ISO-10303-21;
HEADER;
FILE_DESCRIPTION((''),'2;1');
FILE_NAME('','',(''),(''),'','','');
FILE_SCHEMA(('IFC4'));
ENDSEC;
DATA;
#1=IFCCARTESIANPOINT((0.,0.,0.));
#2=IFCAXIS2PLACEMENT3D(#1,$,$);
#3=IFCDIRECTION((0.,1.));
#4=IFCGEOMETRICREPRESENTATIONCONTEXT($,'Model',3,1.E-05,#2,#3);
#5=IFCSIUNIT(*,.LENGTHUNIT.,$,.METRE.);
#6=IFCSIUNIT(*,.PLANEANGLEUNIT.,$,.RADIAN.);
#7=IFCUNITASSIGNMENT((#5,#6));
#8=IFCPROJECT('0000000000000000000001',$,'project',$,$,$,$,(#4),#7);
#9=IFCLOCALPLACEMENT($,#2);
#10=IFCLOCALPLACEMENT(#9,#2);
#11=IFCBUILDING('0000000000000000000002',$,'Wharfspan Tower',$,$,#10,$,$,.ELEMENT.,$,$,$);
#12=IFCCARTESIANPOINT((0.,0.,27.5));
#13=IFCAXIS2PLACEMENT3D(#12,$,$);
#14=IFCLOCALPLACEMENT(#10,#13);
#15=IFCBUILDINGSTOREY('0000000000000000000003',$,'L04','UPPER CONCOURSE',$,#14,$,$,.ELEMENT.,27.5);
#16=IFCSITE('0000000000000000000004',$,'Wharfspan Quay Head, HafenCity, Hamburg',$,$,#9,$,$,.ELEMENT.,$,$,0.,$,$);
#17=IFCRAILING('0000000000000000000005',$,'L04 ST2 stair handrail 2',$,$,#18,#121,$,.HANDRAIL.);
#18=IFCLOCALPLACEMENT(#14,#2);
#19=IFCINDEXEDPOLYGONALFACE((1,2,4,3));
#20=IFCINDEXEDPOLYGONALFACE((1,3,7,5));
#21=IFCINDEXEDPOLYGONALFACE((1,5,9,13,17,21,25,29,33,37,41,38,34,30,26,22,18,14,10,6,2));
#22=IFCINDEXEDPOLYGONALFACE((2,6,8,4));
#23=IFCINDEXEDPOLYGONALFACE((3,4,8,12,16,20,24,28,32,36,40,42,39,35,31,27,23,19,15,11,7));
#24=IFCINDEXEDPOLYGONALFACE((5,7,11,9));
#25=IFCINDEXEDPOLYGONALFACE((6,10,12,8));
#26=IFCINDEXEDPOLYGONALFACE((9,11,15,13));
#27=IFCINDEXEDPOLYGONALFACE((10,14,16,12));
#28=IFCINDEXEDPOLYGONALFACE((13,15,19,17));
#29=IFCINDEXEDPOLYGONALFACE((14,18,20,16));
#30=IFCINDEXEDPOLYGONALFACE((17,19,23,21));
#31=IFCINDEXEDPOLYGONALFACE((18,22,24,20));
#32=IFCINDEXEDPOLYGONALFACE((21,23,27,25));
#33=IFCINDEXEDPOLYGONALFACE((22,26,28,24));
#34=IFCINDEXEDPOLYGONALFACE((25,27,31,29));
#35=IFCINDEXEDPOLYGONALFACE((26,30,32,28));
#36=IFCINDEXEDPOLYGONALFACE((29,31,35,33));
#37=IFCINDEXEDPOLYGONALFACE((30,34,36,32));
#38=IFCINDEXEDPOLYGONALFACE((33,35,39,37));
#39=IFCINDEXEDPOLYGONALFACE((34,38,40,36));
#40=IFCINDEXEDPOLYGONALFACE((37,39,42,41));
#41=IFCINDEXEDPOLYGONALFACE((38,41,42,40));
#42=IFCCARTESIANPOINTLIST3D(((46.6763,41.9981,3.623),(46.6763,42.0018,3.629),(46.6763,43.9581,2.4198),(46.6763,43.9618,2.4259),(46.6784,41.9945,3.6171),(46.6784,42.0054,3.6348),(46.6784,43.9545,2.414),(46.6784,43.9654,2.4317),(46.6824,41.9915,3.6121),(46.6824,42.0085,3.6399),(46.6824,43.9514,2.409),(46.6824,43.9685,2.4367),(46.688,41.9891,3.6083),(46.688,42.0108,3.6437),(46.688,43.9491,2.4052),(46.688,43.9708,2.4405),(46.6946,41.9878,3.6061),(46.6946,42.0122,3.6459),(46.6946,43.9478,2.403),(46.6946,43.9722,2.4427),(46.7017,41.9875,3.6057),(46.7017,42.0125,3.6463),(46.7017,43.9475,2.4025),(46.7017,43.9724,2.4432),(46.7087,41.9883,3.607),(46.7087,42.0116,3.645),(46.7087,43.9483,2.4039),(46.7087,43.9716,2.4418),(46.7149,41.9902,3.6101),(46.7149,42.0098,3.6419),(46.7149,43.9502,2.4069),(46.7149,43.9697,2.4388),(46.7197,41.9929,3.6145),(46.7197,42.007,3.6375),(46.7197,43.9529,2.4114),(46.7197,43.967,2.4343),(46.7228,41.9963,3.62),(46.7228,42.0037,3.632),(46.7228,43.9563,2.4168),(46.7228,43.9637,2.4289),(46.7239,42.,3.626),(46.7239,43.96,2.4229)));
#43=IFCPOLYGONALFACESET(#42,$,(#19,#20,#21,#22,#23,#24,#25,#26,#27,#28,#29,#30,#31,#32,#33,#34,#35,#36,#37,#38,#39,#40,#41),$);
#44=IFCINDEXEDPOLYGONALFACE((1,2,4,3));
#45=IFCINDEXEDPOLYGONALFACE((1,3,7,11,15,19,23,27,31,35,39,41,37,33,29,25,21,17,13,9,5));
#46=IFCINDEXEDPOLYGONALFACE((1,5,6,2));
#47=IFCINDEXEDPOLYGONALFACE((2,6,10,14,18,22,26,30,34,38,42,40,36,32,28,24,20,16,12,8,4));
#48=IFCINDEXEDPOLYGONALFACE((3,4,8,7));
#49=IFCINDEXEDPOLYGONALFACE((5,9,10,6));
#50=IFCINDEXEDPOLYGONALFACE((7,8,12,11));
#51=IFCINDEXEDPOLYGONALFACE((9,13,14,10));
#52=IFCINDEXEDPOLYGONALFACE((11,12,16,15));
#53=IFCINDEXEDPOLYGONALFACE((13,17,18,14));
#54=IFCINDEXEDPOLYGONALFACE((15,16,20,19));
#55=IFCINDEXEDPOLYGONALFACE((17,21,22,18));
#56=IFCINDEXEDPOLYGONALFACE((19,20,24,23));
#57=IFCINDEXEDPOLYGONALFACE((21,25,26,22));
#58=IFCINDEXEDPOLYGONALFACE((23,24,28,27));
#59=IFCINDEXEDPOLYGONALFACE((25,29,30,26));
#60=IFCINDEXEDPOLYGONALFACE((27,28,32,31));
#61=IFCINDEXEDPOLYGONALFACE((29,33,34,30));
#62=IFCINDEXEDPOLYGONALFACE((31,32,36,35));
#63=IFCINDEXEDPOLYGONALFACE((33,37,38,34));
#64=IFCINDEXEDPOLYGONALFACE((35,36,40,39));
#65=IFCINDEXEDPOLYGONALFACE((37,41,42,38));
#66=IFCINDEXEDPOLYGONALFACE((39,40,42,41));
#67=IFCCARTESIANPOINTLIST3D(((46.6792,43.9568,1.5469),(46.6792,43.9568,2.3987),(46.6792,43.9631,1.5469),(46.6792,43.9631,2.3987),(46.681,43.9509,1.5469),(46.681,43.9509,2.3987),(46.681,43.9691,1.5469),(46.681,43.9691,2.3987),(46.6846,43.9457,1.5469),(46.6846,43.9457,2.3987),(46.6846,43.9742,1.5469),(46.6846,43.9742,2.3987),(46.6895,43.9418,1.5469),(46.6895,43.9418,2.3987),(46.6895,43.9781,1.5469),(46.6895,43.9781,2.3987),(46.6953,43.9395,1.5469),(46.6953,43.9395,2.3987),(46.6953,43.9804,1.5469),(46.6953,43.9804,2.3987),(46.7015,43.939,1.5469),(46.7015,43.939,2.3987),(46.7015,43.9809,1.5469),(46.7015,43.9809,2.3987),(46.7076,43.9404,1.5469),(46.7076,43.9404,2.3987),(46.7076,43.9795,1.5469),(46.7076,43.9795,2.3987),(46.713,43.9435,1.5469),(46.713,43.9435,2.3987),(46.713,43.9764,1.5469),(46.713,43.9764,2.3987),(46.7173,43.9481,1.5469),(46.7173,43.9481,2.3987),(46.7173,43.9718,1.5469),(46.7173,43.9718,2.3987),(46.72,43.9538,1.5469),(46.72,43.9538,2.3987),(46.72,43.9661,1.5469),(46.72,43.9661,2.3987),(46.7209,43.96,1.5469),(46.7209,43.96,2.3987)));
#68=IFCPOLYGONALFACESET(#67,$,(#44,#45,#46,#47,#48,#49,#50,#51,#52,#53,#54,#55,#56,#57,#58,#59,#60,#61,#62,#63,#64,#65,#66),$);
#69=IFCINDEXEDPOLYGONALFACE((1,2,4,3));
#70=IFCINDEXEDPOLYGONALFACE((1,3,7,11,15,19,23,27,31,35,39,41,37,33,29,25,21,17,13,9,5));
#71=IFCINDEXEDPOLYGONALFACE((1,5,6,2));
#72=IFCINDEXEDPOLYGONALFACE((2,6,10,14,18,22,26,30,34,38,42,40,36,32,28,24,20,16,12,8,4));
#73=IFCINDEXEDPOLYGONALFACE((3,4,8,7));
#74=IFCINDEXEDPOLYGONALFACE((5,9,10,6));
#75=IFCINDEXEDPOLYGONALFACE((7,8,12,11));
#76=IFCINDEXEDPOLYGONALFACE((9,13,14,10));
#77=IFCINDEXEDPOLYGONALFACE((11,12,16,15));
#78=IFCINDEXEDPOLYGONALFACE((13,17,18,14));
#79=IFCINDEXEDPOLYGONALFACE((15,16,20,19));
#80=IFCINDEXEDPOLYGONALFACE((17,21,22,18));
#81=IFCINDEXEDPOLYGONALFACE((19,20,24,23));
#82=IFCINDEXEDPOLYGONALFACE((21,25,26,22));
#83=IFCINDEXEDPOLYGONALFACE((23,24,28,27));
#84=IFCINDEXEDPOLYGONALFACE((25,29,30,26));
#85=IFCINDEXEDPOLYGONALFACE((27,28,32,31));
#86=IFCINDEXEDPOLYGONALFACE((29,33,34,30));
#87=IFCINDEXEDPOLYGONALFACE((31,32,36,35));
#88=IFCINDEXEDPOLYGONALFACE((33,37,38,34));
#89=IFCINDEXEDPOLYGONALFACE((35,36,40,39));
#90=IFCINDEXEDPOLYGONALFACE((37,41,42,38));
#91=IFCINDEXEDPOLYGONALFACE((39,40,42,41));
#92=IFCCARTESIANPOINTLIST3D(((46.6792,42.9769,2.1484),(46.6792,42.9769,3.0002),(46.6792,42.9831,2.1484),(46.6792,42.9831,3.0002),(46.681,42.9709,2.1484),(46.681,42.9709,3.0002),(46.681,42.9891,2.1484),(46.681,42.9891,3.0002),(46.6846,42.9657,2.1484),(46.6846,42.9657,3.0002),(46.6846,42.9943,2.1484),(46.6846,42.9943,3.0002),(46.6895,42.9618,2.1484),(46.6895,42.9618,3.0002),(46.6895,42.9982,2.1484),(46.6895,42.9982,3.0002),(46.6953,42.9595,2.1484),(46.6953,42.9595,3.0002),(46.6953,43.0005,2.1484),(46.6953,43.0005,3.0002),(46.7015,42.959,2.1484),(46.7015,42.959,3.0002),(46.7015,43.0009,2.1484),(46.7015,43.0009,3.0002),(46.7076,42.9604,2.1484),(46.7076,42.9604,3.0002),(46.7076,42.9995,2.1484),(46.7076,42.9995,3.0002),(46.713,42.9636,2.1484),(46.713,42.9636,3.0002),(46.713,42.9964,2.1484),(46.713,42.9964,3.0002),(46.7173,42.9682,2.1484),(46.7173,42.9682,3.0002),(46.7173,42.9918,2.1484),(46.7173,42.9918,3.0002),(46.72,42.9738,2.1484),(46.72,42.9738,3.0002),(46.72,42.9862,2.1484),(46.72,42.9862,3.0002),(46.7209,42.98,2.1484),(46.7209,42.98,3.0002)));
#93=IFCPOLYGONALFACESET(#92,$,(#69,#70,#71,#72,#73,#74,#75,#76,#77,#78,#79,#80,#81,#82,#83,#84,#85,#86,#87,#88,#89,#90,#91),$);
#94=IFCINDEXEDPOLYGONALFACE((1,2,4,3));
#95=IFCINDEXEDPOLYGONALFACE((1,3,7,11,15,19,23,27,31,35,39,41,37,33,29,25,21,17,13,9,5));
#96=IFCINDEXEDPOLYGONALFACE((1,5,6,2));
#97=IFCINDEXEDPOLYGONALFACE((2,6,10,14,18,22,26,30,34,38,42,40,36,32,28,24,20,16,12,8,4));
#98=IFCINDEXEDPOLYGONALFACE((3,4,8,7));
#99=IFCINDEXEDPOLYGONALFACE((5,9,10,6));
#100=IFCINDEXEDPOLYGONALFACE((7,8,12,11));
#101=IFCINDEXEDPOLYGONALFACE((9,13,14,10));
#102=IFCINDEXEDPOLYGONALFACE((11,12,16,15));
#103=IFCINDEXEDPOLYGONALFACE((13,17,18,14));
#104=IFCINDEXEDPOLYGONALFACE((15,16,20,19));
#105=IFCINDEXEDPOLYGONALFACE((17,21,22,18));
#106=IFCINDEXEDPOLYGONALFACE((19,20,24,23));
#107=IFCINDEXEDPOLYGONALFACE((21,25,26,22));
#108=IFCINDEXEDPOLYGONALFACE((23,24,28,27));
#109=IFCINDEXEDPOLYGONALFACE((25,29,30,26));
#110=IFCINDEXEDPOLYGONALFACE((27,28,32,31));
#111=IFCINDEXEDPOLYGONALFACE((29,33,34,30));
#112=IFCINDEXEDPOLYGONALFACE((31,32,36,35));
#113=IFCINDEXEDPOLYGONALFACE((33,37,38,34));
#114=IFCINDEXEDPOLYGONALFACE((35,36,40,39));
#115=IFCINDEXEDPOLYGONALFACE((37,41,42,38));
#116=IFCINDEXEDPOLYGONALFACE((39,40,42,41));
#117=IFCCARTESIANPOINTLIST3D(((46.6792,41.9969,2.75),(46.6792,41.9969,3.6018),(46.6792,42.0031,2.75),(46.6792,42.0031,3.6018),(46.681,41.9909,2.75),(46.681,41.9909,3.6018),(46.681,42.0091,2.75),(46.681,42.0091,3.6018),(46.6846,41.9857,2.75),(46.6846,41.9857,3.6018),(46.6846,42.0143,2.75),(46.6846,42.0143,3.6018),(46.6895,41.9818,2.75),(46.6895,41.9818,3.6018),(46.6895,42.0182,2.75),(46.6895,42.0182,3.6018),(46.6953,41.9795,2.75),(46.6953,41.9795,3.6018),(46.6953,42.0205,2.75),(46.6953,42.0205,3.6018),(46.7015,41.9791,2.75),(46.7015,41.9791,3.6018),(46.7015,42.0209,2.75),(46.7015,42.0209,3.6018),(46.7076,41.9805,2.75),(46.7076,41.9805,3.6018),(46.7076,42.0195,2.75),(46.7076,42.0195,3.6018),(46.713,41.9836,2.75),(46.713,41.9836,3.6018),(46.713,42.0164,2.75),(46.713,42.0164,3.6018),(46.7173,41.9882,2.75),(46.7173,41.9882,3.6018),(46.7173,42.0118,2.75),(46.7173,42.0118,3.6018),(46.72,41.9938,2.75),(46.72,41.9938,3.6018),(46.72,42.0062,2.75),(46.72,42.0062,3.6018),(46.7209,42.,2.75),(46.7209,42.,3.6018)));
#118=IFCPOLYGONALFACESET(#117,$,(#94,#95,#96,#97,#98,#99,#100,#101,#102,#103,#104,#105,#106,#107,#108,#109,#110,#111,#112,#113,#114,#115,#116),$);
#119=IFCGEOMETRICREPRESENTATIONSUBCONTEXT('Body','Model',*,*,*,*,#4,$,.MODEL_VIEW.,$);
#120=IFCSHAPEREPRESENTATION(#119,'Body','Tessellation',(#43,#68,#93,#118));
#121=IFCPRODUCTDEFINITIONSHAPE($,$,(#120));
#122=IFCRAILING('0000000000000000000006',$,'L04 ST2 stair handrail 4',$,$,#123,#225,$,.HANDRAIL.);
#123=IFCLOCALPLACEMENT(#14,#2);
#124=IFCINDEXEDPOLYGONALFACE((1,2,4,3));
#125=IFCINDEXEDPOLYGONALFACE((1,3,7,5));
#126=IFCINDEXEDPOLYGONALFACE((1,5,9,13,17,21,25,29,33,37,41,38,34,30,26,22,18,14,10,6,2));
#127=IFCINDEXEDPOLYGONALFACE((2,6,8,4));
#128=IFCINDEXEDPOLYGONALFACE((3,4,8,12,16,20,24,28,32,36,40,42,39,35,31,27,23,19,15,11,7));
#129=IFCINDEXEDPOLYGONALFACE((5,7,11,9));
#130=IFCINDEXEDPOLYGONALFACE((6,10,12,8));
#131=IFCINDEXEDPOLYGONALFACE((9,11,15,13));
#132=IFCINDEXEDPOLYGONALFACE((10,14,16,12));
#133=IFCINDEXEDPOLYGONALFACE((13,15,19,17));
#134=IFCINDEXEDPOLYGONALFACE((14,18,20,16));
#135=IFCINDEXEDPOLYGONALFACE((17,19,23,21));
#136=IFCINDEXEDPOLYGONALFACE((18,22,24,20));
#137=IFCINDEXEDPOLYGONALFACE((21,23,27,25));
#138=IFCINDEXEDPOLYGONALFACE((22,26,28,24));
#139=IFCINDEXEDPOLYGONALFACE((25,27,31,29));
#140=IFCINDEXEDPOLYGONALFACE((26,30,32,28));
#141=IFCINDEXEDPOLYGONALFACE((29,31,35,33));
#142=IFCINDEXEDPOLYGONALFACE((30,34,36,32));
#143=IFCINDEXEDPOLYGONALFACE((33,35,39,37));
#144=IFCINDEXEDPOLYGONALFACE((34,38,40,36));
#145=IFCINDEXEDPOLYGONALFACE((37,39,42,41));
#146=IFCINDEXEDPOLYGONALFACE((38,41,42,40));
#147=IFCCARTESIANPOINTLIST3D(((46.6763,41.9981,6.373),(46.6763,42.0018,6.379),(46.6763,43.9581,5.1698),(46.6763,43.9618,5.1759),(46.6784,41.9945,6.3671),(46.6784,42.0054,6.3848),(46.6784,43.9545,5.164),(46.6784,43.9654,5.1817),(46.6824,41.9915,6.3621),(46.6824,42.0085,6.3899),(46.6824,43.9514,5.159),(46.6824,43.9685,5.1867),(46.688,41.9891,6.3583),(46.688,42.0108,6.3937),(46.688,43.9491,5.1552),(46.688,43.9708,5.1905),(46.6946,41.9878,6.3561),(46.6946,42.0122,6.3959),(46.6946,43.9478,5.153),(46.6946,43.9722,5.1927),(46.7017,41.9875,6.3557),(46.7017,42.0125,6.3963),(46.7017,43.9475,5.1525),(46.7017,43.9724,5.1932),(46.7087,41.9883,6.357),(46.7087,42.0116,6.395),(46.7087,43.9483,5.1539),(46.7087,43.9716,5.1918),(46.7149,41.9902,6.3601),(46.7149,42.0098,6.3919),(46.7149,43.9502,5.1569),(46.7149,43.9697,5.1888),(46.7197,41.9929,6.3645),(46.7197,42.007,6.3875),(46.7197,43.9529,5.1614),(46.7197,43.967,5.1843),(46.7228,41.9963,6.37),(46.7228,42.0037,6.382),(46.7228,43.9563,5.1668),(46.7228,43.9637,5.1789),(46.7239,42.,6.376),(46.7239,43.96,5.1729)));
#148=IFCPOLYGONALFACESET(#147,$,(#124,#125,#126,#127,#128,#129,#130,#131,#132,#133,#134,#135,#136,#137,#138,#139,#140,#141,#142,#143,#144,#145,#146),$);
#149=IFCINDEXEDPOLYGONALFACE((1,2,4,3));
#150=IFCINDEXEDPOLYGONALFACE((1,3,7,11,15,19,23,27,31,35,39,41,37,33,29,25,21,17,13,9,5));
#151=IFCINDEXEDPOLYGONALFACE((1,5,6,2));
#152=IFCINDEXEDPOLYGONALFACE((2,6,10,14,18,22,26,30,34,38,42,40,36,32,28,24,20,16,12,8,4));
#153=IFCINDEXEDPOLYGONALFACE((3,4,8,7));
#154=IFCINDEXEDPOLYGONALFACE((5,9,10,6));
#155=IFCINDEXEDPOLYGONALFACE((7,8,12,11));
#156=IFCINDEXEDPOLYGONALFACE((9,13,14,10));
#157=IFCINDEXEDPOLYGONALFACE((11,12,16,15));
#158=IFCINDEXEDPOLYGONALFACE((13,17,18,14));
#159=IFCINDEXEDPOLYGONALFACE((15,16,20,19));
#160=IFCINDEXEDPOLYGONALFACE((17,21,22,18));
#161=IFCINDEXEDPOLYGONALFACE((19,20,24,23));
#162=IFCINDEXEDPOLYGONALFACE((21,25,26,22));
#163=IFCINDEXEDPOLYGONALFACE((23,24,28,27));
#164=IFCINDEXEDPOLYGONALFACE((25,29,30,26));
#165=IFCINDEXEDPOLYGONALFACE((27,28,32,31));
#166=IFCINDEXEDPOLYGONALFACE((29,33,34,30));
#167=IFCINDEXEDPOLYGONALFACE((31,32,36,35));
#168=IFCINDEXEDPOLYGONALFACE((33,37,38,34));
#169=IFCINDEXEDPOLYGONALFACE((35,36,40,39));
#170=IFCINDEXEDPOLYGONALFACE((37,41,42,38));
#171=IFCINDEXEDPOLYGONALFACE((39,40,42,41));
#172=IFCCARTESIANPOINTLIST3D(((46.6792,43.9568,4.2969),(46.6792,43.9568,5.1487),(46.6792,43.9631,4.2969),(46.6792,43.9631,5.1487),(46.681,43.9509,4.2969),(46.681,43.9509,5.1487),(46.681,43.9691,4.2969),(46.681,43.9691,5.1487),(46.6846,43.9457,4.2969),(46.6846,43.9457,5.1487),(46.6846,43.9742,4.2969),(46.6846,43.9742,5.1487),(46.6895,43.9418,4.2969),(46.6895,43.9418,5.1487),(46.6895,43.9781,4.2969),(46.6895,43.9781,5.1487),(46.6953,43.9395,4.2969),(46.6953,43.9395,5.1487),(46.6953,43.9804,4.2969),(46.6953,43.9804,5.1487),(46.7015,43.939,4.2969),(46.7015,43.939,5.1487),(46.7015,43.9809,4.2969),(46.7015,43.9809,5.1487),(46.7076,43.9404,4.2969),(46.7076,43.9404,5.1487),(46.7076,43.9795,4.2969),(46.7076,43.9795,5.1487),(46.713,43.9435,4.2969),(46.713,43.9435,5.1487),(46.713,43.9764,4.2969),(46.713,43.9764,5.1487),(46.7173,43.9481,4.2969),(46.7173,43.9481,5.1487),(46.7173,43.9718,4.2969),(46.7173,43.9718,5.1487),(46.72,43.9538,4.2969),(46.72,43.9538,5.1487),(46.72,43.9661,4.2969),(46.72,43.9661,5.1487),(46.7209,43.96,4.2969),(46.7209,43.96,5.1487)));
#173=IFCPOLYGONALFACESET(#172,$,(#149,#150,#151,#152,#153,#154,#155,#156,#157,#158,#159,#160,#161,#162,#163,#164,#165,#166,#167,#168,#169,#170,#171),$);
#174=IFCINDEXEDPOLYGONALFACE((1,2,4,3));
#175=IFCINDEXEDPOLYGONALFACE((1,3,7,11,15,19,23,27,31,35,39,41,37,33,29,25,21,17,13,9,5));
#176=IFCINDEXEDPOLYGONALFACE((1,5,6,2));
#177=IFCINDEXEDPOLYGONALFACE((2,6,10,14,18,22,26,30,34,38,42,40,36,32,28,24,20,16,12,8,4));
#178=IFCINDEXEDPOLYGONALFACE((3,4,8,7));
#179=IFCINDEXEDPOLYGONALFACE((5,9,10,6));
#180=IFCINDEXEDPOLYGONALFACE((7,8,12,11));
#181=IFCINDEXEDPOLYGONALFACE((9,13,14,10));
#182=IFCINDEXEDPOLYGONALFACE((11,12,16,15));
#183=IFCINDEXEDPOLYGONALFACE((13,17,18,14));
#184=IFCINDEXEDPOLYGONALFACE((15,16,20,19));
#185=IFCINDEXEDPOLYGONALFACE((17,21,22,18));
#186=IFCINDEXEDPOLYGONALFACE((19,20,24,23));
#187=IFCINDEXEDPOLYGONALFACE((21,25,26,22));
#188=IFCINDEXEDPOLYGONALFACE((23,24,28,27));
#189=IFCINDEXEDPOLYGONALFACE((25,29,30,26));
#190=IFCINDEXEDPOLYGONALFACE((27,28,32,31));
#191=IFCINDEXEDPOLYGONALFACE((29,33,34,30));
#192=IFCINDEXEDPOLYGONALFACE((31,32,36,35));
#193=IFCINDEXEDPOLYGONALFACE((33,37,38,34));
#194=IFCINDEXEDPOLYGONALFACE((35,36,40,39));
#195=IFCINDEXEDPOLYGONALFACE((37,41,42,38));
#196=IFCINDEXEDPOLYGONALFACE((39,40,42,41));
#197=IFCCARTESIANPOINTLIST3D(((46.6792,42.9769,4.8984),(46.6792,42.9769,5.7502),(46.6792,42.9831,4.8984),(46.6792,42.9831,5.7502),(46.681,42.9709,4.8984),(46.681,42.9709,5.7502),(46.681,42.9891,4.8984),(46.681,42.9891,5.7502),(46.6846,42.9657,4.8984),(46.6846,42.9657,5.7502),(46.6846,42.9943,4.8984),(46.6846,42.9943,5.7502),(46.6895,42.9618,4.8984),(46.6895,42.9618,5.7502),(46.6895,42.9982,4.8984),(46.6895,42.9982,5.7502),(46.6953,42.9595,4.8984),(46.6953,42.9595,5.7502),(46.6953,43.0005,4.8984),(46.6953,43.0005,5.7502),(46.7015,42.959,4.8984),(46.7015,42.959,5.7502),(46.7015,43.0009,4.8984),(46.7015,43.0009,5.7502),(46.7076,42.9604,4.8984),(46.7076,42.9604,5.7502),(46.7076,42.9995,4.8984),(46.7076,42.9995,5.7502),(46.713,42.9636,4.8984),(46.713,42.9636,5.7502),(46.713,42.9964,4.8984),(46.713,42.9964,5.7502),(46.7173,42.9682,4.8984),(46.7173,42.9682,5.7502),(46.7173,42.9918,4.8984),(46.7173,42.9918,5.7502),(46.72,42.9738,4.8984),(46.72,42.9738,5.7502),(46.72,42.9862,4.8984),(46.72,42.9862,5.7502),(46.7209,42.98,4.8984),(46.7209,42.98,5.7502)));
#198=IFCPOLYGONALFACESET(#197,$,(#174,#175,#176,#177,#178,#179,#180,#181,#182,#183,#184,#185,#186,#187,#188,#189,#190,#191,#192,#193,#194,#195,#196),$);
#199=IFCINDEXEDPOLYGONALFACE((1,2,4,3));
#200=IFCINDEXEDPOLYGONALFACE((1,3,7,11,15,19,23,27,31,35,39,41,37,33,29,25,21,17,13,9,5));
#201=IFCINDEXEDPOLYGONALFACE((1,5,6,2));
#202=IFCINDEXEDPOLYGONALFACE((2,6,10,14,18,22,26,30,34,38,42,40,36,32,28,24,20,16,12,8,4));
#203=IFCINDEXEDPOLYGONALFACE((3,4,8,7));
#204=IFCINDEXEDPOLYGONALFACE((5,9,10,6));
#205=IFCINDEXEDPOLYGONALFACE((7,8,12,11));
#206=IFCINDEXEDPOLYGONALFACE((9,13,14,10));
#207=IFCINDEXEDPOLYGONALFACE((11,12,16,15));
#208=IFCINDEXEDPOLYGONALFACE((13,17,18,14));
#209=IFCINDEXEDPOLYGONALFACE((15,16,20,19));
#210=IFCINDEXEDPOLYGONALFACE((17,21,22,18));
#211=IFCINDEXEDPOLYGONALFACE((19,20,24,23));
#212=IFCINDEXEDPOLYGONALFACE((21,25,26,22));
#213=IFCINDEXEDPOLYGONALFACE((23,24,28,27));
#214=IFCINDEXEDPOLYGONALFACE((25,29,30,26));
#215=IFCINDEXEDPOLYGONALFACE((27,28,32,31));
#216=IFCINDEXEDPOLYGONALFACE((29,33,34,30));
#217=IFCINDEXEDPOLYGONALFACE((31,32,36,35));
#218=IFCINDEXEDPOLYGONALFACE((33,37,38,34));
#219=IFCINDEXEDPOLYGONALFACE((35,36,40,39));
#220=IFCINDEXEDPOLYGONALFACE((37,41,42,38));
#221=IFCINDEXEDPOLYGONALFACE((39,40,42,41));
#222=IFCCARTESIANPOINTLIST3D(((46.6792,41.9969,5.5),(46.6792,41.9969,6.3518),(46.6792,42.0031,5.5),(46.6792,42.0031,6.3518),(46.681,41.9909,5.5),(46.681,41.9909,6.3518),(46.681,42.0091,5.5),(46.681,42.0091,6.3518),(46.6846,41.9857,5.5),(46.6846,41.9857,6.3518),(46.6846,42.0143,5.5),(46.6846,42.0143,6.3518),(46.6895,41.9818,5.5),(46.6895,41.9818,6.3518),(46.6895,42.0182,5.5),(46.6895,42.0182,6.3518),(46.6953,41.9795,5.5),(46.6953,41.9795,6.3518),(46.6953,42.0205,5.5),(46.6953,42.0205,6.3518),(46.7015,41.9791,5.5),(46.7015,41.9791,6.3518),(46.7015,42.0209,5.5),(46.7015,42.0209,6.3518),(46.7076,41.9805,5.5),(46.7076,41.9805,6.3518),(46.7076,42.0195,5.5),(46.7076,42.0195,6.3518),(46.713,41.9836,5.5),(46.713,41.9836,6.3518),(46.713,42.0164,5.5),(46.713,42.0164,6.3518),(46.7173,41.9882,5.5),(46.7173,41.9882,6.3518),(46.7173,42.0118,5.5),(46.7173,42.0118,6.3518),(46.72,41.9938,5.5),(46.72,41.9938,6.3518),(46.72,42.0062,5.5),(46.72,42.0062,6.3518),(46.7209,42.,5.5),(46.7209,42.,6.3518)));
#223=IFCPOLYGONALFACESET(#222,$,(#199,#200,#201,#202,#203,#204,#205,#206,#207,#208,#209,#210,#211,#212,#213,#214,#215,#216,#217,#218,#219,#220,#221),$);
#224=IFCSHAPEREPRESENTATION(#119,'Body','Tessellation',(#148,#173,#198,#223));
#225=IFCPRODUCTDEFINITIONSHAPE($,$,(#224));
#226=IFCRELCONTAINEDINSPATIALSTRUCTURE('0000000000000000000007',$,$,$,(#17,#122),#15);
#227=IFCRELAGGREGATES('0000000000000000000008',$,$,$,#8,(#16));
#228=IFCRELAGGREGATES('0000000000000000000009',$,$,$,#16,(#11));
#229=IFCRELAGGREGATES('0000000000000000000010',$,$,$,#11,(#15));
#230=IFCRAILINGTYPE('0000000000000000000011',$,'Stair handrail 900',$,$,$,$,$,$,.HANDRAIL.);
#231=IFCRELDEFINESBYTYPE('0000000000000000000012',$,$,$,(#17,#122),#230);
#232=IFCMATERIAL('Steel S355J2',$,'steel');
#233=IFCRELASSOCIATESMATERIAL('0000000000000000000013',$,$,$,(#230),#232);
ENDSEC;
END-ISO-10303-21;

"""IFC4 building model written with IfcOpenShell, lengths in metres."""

from ifc_helpers import new_model, si_unit, direction, frame, origin, origin_2d, place, context, subcontext, project, spatial, circle, extrude, material, type_object, element, save


model = new_model("IFC4")

# Units and contexts
model_context = context("Model", 3, precision=1e-05, world=origin(), true_north=direction((0.0, 1.0)))
body_context = subcontext(model_context, "Body", "Model", "MODEL_VIEW")
ifc_project = project(units=[si_unit("LENGTHUNIT", "METRE"), si_unit("PLANEANGLEUNIT", "RADIAN")], contexts=[model_context])

# Site, building, storey
site_placement = place(None, origin())
site = spatial("IfcSite", under=ifc_project, at=site_placement, Name="Wharfspan Quay Head, HafenCity, Hamburg", CompositionType="ELEMENT", RefElevation=0.0)
building_placement = place(site_placement, origin())
building = spatial("IfcBuilding", under=site, at=building_placement, Name="Wharfspan Tower", CompositionType="ELEMENT")
storey_placement = place(building_placement, frame((0.0, 0.0, 27.5)))
storey = spatial("IfcBuildingStorey", under=building, at=storey_placement, Name="L04", Description="UPPER CONCOURSE", CompositionType="ELEMENT", Elevation=27.5)

# Railings
ifc_material_1 = material(Name="Steel S355J2", Category="steel")
railing_type_1 = type_object("IfcRailingType", Name="Stair handrail 900", PredefinedType="HANDRAIL", material=ifc_material_1)
for number, where, name in (
    (1, (46.7, 43.96, 1.5469), "L04 ST2 stair handrail 2"),
    (2, (46.7, 43.96, 4.2969), "L04 ST2 stair handrail 4"),
):
    element("IfcRailing", number, at=place(storey_placement, frame(where)), inside=storey, type_object=railing_type_1, Name=name, PredefinedType="HANDRAIL", context=body_context, shape_type="SweptSolid", body=[
        extrude(circle(Radius=0.0239, at=origin_2d()), frame((0.0, 0.0, 0.876), z_axis=(0.0, -0.852241, 0.523149), x_axis=(1.0, 0.0, 0.0)), (0.0, 0.0, 1.0), 2.2998),
        extrude(circle(Radius=0.021, at=origin_2d()), origin(), (0.0, 0.0, 1.0), 0.8518),
        extrude(circle(Radius=0.021, at=origin_2d()), frame((0.0, -0.98, 0.6016)), (0.0, 0.0, 1.0), 0.8518),
        extrude(circle(Radius=0.021, at=origin_2d()), frame((0.0, -1.96, 1.2031)), (0.0, 0.0, 1.0), 0.8518),
    ])

save(model, "model.ifc")
